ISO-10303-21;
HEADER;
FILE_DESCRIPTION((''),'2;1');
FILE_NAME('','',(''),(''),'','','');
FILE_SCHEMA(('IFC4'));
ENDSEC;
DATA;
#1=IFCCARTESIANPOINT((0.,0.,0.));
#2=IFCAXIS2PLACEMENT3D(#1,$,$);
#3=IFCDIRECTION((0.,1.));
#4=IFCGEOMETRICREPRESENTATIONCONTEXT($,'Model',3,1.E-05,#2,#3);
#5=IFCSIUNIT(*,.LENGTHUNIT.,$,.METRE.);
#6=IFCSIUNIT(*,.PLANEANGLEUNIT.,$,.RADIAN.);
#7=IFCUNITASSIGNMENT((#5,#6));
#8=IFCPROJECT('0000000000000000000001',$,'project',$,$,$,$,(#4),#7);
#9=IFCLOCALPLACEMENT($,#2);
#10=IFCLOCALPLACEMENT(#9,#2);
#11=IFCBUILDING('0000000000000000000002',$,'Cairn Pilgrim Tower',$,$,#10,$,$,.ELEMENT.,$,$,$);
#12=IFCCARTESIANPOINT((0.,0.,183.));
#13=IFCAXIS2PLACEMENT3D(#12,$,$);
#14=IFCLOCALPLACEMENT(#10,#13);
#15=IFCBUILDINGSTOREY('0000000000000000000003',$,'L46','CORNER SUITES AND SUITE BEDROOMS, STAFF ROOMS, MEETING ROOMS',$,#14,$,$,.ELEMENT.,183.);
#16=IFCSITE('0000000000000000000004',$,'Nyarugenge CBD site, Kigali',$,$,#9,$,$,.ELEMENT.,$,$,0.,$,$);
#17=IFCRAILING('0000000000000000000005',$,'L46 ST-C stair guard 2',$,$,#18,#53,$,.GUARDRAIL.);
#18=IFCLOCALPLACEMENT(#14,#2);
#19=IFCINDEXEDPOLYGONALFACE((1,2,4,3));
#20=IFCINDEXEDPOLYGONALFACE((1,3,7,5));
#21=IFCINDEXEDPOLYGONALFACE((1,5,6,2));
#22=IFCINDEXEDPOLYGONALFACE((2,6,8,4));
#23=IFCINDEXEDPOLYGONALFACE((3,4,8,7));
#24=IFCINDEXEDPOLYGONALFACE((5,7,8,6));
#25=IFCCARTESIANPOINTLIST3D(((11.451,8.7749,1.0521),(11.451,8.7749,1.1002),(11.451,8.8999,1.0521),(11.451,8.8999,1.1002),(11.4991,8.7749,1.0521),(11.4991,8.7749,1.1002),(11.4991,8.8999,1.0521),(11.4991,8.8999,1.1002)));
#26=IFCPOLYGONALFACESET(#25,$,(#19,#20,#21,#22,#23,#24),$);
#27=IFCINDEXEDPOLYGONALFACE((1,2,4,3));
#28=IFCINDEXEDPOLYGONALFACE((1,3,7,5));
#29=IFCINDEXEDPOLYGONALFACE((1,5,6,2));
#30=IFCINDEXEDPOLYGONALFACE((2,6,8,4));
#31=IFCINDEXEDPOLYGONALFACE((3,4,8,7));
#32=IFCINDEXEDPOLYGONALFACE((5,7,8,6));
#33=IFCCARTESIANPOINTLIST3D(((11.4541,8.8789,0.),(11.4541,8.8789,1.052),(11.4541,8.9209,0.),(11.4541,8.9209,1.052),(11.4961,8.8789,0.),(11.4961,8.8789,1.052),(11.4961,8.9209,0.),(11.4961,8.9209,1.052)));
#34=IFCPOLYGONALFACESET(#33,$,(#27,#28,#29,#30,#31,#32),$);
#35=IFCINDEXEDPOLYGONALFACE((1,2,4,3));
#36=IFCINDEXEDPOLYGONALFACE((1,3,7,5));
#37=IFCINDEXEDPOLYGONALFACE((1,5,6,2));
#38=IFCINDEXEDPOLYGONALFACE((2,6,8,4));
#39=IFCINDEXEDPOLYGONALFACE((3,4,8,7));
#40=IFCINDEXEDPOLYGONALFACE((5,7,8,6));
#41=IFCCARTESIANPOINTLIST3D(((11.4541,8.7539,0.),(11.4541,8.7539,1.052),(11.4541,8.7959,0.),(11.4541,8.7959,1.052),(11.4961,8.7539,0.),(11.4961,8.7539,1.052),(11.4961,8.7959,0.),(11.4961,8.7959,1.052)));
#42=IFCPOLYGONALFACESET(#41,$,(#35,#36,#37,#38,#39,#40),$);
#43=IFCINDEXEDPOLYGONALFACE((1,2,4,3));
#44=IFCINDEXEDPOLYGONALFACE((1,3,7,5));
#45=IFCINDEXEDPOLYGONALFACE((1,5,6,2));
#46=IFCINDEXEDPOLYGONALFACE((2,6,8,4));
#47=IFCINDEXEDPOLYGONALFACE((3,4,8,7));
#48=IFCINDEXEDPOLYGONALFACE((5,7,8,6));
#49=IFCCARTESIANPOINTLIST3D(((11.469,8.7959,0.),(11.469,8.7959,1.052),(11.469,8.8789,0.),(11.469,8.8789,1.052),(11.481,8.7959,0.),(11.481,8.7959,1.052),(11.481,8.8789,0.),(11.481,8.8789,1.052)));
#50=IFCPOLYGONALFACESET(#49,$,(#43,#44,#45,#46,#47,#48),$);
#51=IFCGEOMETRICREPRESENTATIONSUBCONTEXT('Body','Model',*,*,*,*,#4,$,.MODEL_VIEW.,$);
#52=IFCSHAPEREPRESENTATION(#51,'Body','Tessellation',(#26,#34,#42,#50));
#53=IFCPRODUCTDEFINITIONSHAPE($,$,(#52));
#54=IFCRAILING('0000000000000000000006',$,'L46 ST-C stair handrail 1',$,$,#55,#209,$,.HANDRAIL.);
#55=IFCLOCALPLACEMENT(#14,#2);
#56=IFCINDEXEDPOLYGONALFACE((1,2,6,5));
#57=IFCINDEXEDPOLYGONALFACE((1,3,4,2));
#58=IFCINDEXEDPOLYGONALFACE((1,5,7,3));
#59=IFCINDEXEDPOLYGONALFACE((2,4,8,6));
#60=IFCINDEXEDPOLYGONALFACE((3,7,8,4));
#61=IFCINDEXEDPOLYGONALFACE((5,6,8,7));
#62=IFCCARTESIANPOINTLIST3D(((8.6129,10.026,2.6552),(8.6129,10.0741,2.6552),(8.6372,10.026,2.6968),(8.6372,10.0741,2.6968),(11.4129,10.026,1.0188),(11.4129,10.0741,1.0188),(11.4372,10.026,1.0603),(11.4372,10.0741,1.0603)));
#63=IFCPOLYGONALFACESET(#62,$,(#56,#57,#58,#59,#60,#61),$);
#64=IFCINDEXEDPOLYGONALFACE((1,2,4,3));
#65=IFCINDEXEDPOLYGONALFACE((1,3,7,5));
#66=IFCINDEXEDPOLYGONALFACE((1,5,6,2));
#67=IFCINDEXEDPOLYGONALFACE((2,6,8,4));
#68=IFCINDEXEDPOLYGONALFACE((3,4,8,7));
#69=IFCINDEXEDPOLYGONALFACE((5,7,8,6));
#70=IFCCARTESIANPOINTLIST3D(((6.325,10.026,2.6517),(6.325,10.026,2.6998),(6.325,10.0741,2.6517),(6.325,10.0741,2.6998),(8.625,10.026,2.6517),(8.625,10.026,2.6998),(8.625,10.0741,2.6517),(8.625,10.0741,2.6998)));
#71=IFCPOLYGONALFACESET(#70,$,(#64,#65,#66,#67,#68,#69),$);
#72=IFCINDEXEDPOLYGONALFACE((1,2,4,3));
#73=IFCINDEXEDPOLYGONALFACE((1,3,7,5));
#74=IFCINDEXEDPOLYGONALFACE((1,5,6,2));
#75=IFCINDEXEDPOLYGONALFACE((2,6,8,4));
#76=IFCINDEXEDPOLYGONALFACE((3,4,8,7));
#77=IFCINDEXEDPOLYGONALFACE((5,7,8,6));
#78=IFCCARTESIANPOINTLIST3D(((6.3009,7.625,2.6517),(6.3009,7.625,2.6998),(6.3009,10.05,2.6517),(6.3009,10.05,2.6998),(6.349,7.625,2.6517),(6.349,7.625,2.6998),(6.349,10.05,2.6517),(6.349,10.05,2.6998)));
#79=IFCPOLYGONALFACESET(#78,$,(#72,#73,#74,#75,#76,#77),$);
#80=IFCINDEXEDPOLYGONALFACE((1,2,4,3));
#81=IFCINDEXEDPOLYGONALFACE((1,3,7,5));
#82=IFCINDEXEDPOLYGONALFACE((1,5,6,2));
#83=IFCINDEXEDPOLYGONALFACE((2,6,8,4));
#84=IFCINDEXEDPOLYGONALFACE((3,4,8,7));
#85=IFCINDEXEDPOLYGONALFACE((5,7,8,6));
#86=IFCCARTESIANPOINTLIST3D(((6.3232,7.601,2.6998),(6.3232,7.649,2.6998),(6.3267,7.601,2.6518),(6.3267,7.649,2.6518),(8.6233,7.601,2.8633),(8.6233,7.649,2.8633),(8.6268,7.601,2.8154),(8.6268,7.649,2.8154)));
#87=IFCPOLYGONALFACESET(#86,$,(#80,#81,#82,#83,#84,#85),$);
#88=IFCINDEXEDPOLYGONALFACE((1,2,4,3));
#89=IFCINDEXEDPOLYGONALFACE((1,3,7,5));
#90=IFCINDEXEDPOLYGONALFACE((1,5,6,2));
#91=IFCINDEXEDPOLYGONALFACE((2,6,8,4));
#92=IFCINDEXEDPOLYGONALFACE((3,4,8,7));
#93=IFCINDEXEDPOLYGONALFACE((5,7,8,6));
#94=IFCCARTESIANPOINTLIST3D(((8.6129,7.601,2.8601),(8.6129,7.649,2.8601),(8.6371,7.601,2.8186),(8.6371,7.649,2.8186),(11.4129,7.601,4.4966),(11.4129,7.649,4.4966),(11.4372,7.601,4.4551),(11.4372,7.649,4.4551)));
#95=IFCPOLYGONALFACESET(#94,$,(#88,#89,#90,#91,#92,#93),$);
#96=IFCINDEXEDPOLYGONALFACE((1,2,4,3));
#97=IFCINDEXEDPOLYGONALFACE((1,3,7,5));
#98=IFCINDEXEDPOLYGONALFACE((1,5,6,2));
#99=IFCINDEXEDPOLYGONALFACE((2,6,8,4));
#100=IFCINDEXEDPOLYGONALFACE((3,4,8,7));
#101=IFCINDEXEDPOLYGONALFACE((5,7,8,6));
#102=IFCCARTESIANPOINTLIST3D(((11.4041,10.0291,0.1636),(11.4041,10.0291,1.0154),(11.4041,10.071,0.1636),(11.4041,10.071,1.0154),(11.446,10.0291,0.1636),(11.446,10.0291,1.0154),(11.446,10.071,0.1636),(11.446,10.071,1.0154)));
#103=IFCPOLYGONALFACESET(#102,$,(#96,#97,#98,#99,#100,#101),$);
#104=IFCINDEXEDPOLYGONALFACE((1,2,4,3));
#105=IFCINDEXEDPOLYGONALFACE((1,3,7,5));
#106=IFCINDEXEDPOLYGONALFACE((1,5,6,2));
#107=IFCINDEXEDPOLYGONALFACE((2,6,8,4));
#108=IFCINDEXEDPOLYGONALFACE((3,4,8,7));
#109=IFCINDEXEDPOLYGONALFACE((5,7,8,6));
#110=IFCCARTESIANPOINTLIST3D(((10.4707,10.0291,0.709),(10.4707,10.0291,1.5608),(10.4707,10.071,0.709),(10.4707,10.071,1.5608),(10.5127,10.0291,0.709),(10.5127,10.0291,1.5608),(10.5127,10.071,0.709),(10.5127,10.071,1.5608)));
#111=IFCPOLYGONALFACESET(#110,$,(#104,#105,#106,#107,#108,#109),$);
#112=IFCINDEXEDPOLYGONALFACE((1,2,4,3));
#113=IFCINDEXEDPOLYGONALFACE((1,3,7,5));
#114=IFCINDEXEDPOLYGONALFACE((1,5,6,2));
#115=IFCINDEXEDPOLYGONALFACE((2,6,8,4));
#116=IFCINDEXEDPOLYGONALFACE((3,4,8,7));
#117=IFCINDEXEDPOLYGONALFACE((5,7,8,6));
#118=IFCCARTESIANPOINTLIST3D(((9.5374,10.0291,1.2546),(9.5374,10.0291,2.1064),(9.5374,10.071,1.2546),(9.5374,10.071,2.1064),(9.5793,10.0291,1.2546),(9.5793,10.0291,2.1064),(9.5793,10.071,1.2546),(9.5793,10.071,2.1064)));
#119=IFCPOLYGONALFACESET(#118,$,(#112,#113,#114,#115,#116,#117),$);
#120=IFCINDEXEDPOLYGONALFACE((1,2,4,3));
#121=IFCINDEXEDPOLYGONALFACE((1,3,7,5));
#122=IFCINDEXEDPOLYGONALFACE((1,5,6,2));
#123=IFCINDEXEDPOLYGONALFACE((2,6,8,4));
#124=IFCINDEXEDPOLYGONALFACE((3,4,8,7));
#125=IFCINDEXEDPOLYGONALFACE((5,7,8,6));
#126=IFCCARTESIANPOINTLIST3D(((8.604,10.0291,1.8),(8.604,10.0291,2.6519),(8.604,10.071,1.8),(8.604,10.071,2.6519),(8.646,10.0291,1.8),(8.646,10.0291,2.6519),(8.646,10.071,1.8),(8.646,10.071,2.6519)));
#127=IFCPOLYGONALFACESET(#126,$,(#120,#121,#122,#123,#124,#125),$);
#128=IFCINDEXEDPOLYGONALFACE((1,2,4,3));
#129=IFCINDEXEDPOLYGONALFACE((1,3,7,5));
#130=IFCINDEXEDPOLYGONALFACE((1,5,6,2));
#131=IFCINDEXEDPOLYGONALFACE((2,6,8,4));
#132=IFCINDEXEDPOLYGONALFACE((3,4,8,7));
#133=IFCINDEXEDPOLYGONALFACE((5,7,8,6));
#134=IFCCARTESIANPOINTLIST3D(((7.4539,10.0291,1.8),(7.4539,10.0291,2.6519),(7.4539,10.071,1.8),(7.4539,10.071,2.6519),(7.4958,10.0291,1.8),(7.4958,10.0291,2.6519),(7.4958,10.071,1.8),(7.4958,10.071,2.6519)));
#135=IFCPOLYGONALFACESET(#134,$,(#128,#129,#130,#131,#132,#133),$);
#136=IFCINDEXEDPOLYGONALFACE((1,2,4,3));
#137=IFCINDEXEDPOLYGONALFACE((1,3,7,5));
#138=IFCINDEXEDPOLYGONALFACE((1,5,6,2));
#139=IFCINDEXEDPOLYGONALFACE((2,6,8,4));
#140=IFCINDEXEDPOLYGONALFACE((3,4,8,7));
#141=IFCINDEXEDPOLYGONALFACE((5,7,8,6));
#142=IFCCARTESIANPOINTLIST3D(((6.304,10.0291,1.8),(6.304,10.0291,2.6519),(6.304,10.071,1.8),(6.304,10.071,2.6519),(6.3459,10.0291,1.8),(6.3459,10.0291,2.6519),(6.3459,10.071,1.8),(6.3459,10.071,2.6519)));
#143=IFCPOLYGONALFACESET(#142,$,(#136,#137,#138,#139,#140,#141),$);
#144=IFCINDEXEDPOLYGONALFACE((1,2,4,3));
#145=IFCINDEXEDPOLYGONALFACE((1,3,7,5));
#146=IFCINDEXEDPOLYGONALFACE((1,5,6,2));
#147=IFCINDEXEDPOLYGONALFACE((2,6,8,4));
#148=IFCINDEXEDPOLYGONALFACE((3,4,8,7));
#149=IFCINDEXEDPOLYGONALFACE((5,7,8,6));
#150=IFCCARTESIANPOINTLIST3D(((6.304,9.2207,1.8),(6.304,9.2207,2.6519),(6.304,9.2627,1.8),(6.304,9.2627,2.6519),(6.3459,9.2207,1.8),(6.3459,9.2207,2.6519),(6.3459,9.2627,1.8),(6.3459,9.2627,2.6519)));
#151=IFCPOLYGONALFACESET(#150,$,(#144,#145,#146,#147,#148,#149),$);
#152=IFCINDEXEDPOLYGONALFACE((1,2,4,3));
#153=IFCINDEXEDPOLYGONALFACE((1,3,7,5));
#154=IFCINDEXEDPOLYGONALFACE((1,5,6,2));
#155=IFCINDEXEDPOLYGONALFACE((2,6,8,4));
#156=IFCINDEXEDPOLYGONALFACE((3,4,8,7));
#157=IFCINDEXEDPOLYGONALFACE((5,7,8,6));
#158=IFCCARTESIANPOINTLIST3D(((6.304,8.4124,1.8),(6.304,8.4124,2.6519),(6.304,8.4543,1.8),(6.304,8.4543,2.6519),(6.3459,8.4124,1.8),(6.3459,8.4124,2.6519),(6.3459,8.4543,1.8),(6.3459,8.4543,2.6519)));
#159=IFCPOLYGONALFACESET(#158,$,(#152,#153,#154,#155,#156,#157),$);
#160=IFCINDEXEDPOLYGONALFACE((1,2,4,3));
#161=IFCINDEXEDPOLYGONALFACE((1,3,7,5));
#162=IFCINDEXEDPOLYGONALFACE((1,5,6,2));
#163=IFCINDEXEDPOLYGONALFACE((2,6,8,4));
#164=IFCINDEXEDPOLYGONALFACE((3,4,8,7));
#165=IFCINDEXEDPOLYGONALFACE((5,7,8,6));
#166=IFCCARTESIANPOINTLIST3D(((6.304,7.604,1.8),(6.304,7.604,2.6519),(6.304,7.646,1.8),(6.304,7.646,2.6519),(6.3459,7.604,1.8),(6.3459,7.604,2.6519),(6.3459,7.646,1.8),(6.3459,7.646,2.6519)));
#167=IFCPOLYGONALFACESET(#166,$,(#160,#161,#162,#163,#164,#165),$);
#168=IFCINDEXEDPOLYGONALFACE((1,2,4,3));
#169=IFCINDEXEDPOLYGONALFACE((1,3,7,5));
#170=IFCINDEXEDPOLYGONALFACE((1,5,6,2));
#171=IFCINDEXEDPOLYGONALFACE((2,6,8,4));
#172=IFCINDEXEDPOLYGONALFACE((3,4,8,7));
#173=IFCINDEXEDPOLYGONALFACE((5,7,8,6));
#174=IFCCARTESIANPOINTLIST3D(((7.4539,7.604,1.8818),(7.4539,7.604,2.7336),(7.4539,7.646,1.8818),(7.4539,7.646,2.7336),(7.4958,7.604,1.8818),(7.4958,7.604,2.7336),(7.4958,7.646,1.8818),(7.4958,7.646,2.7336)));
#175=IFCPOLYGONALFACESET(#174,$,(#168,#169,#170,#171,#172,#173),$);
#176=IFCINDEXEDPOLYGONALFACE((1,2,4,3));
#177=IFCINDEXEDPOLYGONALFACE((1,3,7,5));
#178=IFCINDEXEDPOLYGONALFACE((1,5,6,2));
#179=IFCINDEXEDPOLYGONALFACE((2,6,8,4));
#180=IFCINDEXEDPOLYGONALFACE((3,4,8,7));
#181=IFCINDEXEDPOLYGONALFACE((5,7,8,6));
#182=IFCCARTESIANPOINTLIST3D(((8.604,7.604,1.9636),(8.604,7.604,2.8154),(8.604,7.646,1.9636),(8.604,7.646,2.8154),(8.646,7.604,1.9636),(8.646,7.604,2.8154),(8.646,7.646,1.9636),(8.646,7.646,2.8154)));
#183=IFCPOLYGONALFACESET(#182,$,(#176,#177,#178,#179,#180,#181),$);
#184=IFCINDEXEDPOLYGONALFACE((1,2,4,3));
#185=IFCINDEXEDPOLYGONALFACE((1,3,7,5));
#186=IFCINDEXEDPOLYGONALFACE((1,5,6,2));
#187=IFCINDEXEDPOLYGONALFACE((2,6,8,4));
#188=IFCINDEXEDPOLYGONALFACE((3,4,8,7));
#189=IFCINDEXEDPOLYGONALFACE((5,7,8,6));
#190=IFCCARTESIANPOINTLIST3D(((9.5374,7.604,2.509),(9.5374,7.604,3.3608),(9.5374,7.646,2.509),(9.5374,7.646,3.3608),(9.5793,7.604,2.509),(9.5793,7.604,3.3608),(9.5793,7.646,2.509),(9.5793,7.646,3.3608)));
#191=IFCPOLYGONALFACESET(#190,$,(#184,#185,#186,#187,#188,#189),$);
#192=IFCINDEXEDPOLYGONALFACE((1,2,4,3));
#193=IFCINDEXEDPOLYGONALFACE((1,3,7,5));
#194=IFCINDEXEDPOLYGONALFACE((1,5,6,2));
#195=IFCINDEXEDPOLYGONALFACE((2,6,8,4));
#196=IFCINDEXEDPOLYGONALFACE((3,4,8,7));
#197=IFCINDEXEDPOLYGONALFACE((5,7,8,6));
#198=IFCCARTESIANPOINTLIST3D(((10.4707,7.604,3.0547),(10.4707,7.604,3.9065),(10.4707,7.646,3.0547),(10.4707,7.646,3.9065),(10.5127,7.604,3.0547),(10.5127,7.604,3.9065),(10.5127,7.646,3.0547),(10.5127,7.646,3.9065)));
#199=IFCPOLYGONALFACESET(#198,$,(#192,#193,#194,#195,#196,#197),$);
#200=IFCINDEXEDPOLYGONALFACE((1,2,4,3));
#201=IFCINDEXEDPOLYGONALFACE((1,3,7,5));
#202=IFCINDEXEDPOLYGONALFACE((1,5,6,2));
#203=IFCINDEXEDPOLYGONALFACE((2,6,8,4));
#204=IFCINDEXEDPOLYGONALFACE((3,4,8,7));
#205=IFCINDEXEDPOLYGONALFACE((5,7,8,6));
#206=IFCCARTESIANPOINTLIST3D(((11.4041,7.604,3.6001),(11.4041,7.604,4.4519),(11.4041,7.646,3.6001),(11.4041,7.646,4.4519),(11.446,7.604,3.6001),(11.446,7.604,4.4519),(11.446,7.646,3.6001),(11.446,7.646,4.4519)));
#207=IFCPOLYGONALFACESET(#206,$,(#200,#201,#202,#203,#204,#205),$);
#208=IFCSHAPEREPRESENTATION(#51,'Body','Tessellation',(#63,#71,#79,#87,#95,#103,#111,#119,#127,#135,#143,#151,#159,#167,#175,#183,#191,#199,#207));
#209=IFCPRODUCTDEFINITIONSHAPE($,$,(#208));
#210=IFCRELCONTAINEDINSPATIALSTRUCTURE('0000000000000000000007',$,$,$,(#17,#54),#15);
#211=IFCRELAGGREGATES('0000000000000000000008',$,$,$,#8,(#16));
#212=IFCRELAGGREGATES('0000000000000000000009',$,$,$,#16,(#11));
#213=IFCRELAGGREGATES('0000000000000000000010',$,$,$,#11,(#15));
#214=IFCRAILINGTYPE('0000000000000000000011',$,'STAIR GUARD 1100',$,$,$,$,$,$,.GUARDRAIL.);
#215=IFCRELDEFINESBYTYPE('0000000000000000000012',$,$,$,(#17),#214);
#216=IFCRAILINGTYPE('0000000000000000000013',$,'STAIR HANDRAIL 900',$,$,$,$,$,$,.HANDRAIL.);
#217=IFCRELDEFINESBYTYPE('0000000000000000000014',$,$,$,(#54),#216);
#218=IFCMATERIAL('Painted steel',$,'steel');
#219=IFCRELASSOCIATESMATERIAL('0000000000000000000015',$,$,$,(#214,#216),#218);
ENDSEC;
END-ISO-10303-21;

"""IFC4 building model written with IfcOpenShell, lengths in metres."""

from ifc_helpers import new_model, si_unit, direction, frame, origin, origin_2d, place, context, subcontext, project, spatial, polyline, rectangle, outline, extrude, material, type_object, element, save


model = new_model("IFC4")

# Units and contexts
model_context = context("Model", 3, precision=1e-05, world=origin(), true_north=direction((0.0, 1.0)))
body_context = subcontext(model_context, "Body", "Model", "MODEL_VIEW")
ifc_project = project(units=[si_unit("LENGTHUNIT", "METRE"), si_unit("PLANEANGLEUNIT", "RADIAN")], contexts=[model_context])

# Site, building, storey
site_placement = place(None, origin())
site = spatial("IfcSite", under=ifc_project, at=site_placement, Name="Nyarugenge CBD site, Kigali", CompositionType="ELEMENT", RefElevation=0.0)
building_placement = place(site_placement, origin())
building = spatial("IfcBuilding", under=site, at=building_placement, Name="Cairn Pilgrim Tower", CompositionType="ELEMENT")
storey_placement = place(building_placement, frame((0.0, 0.0, 183.0)))
storey = spatial("IfcBuildingStorey", under=building, at=storey_placement, Name="L46", Description="CORNER SUITES AND SUITE BEDROOMS, STAFF ROOMS, MEETING ROOMS", CompositionType="ELEMENT", Elevation=183.0)

# Shared definitions
ifc_material_1 = material(Name="Painted steel", Category="steel")

# Railings
railing_type_1 = type_object("IfcRailingType", Name="STAIR GUARD 1100", PredefinedType="GUARDRAIL", material=ifc_material_1)
railing_1_placement = place(storey_placement, frame((11.4751, 8.8999, 0.0)))
element("IfcRailing", 1, at=railing_1_placement, inside=storey, type_object=railing_type_1, Name="L46 ST-C stair guard 2", PredefinedType="GUARDRAIL", context=body_context, shape_type="SweptSolid", body=[
    extrude(rectangle(XDim=0.0481, YDim=0.0481, at=origin_2d()), frame((0.0, 0.0, 1.0762), z_axis=(0.0, -1.0, 0.0), x_axis=(1.0, 0.0, 0.0)), (0.0, 0.0, 1.0), 0.125),
    extrude(rectangle(XDim=0.042, YDim=0.042, at=origin_2d()), origin(), (0.0, 0.0, 1.0), 1.052),
    extrude(rectangle(XDim=0.042, YDim=0.042, at=origin_2d()), frame((0.0, -0.125, 0.0)), (0.0, 0.0, 1.0), 1.052),
    extrude(outline(polyline([(0.021, 0.0), (0.104, 0.0), (0.104, 1.052), (0.021, 1.052), (0.021, 0.0)])), frame((0.0059, 0.0, 0.0), z_axis=(-1.0, 0.0, 0.0), x_axis=(0.0, -1.0, 0.0)), (0.0, 0.0, 1.0), 0.012),
])
railing_type_2 = type_object("IfcRailingType", Name="STAIR HANDRAIL 900", PredefinedType="HANDRAIL", material=ifc_material_1)
railing_2_placement = place(storey_placement, frame((11.425, 10.05, 0.1636)))
element("IfcRailing", 2, at=railing_2_placement, inside=storey, type_object=railing_type_2, Name="L46 ST-C stair handrail 1", PredefinedType="HANDRAIL", context=body_context, shape_type="SweptSolid", body=[
    extrude(rectangle(XDim=0.0481, YDim=0.0481, at=origin_2d()), frame((0.0, 0.0, 0.876), z_axis=(-0.863361, 0.0, 0.504587), x_axis=(0.0, -1.0, 0.0)), (0.0, 0.0, 1.0), 3.2432),
    extrude(rectangle(XDim=0.0481, YDim=0.0481, at=origin_2d()), frame((-2.8, 0.0, 2.5122), z_axis=(-1.0, 0.0, 0.0), x_axis=(0.0, -1.0, 0.0)), (0.0, 0.0, 1.0), 2.3),
    extrude(rectangle(XDim=0.0481, YDim=0.0481, at=origin_2d()), frame((-5.1001, 0.0, 2.5122), z_axis=(0.0, -1.0, 0.0), x_axis=(1.0, 0.0, 0.0)), (0.0, 0.0, 1.0), 2.425),
    extrude(rectangle(XDim=0.0481, YDim=0.0481, at=origin_2d()), frame((-5.1001, -2.425, 2.5122), z_axis=(0.997481, 0.0, 0.070939), x_axis=(0.0, 1.0, 0.0)), (0.0, 0.0, 1.0), 2.3059),
    extrude(rectangle(XDim=0.0481, YDim=0.0481, at=origin_2d()), frame((-2.8, -2.425, 2.6758), z_axis=(0.863361, 0.0, 0.504587), x_axis=(0.0, 1.0, 0.0)), (0.0, 0.0, 1.0), 3.2432),
    extrude(rectangle(XDim=0.042, YDim=0.042, at=origin_2d()), origin(), (0.0, 0.0, 1.0), 0.8518),
    extrude(rectangle(XDim=0.042, YDim=0.042, at=origin_2d()), frame((-0.9333, 0.0, 0.5454)), (0.0, 0.0, 1.0), 0.8518),
    extrude(rectangle(XDim=0.042, YDim=0.042, at=origin_2d()), frame((-1.8667, 0.0, 1.0911)), (0.0, 0.0, 1.0), 0.8518),
    extrude(rectangle(XDim=0.042, YDim=0.042, at=origin_2d()), frame((-2.8, 0.0, 1.6365)), (0.0, 0.0, 1.0), 0.8518),
    extrude(rectangle(XDim=0.042, YDim=0.042, at=origin_2d()), frame((-3.9502, 0.0, 1.6365)), (0.0, 0.0, 1.0), 0.8518),
    extrude(rectangle(XDim=0.042, YDim=0.042, at=origin_2d()), frame((-5.1001, 0.0, 1.6365)), (0.0, 0.0, 1.0), 0.8518),
    extrude(rectangle(XDim=0.042, YDim=0.042, at=origin_2d()), frame((-5.1001, -0.8083, 1.6365)), (0.0, 0.0, 1.0), 0.8518),
    extrude(rectangle(XDim=0.042, YDim=0.042, at=origin_2d()), frame((-5.1001, -1.6167, 1.6365)), (0.0, 0.0, 1.0), 0.8518),
    extrude(rectangle(XDim=0.042, YDim=0.042, at=origin_2d()), frame((-5.1001, -2.425, 1.6365)), (0.0, 0.0, 1.0), 0.8518),
    extrude(rectangle(XDim=0.042, YDim=0.042, at=origin_2d()), frame((-3.9502, -2.425, 1.7183)), (0.0, 0.0, 1.0), 0.8518),
    extrude(rectangle(XDim=0.042, YDim=0.042, at=origin_2d()), frame((-2.8, -2.425, 1.8)), (0.0, 0.0, 1.0), 0.8518),
    extrude(rectangle(XDim=0.042, YDim=0.042, at=origin_2d()), frame((-1.8667, -2.425, 2.3455)), (0.0, 0.0, 1.0), 0.8518),
    extrude(rectangle(XDim=0.042, YDim=0.042, at=origin_2d()), frame((-0.9333, -2.425, 2.8911)), (0.0, 0.0, 1.0), 0.8518),
    extrude(rectangle(XDim=0.042, YDim=0.042, at=origin_2d()), frame((0.0, -2.425, 3.4365)), (0.0, 0.0, 1.0), 0.8518),
])

save(model, "model.ifc")
